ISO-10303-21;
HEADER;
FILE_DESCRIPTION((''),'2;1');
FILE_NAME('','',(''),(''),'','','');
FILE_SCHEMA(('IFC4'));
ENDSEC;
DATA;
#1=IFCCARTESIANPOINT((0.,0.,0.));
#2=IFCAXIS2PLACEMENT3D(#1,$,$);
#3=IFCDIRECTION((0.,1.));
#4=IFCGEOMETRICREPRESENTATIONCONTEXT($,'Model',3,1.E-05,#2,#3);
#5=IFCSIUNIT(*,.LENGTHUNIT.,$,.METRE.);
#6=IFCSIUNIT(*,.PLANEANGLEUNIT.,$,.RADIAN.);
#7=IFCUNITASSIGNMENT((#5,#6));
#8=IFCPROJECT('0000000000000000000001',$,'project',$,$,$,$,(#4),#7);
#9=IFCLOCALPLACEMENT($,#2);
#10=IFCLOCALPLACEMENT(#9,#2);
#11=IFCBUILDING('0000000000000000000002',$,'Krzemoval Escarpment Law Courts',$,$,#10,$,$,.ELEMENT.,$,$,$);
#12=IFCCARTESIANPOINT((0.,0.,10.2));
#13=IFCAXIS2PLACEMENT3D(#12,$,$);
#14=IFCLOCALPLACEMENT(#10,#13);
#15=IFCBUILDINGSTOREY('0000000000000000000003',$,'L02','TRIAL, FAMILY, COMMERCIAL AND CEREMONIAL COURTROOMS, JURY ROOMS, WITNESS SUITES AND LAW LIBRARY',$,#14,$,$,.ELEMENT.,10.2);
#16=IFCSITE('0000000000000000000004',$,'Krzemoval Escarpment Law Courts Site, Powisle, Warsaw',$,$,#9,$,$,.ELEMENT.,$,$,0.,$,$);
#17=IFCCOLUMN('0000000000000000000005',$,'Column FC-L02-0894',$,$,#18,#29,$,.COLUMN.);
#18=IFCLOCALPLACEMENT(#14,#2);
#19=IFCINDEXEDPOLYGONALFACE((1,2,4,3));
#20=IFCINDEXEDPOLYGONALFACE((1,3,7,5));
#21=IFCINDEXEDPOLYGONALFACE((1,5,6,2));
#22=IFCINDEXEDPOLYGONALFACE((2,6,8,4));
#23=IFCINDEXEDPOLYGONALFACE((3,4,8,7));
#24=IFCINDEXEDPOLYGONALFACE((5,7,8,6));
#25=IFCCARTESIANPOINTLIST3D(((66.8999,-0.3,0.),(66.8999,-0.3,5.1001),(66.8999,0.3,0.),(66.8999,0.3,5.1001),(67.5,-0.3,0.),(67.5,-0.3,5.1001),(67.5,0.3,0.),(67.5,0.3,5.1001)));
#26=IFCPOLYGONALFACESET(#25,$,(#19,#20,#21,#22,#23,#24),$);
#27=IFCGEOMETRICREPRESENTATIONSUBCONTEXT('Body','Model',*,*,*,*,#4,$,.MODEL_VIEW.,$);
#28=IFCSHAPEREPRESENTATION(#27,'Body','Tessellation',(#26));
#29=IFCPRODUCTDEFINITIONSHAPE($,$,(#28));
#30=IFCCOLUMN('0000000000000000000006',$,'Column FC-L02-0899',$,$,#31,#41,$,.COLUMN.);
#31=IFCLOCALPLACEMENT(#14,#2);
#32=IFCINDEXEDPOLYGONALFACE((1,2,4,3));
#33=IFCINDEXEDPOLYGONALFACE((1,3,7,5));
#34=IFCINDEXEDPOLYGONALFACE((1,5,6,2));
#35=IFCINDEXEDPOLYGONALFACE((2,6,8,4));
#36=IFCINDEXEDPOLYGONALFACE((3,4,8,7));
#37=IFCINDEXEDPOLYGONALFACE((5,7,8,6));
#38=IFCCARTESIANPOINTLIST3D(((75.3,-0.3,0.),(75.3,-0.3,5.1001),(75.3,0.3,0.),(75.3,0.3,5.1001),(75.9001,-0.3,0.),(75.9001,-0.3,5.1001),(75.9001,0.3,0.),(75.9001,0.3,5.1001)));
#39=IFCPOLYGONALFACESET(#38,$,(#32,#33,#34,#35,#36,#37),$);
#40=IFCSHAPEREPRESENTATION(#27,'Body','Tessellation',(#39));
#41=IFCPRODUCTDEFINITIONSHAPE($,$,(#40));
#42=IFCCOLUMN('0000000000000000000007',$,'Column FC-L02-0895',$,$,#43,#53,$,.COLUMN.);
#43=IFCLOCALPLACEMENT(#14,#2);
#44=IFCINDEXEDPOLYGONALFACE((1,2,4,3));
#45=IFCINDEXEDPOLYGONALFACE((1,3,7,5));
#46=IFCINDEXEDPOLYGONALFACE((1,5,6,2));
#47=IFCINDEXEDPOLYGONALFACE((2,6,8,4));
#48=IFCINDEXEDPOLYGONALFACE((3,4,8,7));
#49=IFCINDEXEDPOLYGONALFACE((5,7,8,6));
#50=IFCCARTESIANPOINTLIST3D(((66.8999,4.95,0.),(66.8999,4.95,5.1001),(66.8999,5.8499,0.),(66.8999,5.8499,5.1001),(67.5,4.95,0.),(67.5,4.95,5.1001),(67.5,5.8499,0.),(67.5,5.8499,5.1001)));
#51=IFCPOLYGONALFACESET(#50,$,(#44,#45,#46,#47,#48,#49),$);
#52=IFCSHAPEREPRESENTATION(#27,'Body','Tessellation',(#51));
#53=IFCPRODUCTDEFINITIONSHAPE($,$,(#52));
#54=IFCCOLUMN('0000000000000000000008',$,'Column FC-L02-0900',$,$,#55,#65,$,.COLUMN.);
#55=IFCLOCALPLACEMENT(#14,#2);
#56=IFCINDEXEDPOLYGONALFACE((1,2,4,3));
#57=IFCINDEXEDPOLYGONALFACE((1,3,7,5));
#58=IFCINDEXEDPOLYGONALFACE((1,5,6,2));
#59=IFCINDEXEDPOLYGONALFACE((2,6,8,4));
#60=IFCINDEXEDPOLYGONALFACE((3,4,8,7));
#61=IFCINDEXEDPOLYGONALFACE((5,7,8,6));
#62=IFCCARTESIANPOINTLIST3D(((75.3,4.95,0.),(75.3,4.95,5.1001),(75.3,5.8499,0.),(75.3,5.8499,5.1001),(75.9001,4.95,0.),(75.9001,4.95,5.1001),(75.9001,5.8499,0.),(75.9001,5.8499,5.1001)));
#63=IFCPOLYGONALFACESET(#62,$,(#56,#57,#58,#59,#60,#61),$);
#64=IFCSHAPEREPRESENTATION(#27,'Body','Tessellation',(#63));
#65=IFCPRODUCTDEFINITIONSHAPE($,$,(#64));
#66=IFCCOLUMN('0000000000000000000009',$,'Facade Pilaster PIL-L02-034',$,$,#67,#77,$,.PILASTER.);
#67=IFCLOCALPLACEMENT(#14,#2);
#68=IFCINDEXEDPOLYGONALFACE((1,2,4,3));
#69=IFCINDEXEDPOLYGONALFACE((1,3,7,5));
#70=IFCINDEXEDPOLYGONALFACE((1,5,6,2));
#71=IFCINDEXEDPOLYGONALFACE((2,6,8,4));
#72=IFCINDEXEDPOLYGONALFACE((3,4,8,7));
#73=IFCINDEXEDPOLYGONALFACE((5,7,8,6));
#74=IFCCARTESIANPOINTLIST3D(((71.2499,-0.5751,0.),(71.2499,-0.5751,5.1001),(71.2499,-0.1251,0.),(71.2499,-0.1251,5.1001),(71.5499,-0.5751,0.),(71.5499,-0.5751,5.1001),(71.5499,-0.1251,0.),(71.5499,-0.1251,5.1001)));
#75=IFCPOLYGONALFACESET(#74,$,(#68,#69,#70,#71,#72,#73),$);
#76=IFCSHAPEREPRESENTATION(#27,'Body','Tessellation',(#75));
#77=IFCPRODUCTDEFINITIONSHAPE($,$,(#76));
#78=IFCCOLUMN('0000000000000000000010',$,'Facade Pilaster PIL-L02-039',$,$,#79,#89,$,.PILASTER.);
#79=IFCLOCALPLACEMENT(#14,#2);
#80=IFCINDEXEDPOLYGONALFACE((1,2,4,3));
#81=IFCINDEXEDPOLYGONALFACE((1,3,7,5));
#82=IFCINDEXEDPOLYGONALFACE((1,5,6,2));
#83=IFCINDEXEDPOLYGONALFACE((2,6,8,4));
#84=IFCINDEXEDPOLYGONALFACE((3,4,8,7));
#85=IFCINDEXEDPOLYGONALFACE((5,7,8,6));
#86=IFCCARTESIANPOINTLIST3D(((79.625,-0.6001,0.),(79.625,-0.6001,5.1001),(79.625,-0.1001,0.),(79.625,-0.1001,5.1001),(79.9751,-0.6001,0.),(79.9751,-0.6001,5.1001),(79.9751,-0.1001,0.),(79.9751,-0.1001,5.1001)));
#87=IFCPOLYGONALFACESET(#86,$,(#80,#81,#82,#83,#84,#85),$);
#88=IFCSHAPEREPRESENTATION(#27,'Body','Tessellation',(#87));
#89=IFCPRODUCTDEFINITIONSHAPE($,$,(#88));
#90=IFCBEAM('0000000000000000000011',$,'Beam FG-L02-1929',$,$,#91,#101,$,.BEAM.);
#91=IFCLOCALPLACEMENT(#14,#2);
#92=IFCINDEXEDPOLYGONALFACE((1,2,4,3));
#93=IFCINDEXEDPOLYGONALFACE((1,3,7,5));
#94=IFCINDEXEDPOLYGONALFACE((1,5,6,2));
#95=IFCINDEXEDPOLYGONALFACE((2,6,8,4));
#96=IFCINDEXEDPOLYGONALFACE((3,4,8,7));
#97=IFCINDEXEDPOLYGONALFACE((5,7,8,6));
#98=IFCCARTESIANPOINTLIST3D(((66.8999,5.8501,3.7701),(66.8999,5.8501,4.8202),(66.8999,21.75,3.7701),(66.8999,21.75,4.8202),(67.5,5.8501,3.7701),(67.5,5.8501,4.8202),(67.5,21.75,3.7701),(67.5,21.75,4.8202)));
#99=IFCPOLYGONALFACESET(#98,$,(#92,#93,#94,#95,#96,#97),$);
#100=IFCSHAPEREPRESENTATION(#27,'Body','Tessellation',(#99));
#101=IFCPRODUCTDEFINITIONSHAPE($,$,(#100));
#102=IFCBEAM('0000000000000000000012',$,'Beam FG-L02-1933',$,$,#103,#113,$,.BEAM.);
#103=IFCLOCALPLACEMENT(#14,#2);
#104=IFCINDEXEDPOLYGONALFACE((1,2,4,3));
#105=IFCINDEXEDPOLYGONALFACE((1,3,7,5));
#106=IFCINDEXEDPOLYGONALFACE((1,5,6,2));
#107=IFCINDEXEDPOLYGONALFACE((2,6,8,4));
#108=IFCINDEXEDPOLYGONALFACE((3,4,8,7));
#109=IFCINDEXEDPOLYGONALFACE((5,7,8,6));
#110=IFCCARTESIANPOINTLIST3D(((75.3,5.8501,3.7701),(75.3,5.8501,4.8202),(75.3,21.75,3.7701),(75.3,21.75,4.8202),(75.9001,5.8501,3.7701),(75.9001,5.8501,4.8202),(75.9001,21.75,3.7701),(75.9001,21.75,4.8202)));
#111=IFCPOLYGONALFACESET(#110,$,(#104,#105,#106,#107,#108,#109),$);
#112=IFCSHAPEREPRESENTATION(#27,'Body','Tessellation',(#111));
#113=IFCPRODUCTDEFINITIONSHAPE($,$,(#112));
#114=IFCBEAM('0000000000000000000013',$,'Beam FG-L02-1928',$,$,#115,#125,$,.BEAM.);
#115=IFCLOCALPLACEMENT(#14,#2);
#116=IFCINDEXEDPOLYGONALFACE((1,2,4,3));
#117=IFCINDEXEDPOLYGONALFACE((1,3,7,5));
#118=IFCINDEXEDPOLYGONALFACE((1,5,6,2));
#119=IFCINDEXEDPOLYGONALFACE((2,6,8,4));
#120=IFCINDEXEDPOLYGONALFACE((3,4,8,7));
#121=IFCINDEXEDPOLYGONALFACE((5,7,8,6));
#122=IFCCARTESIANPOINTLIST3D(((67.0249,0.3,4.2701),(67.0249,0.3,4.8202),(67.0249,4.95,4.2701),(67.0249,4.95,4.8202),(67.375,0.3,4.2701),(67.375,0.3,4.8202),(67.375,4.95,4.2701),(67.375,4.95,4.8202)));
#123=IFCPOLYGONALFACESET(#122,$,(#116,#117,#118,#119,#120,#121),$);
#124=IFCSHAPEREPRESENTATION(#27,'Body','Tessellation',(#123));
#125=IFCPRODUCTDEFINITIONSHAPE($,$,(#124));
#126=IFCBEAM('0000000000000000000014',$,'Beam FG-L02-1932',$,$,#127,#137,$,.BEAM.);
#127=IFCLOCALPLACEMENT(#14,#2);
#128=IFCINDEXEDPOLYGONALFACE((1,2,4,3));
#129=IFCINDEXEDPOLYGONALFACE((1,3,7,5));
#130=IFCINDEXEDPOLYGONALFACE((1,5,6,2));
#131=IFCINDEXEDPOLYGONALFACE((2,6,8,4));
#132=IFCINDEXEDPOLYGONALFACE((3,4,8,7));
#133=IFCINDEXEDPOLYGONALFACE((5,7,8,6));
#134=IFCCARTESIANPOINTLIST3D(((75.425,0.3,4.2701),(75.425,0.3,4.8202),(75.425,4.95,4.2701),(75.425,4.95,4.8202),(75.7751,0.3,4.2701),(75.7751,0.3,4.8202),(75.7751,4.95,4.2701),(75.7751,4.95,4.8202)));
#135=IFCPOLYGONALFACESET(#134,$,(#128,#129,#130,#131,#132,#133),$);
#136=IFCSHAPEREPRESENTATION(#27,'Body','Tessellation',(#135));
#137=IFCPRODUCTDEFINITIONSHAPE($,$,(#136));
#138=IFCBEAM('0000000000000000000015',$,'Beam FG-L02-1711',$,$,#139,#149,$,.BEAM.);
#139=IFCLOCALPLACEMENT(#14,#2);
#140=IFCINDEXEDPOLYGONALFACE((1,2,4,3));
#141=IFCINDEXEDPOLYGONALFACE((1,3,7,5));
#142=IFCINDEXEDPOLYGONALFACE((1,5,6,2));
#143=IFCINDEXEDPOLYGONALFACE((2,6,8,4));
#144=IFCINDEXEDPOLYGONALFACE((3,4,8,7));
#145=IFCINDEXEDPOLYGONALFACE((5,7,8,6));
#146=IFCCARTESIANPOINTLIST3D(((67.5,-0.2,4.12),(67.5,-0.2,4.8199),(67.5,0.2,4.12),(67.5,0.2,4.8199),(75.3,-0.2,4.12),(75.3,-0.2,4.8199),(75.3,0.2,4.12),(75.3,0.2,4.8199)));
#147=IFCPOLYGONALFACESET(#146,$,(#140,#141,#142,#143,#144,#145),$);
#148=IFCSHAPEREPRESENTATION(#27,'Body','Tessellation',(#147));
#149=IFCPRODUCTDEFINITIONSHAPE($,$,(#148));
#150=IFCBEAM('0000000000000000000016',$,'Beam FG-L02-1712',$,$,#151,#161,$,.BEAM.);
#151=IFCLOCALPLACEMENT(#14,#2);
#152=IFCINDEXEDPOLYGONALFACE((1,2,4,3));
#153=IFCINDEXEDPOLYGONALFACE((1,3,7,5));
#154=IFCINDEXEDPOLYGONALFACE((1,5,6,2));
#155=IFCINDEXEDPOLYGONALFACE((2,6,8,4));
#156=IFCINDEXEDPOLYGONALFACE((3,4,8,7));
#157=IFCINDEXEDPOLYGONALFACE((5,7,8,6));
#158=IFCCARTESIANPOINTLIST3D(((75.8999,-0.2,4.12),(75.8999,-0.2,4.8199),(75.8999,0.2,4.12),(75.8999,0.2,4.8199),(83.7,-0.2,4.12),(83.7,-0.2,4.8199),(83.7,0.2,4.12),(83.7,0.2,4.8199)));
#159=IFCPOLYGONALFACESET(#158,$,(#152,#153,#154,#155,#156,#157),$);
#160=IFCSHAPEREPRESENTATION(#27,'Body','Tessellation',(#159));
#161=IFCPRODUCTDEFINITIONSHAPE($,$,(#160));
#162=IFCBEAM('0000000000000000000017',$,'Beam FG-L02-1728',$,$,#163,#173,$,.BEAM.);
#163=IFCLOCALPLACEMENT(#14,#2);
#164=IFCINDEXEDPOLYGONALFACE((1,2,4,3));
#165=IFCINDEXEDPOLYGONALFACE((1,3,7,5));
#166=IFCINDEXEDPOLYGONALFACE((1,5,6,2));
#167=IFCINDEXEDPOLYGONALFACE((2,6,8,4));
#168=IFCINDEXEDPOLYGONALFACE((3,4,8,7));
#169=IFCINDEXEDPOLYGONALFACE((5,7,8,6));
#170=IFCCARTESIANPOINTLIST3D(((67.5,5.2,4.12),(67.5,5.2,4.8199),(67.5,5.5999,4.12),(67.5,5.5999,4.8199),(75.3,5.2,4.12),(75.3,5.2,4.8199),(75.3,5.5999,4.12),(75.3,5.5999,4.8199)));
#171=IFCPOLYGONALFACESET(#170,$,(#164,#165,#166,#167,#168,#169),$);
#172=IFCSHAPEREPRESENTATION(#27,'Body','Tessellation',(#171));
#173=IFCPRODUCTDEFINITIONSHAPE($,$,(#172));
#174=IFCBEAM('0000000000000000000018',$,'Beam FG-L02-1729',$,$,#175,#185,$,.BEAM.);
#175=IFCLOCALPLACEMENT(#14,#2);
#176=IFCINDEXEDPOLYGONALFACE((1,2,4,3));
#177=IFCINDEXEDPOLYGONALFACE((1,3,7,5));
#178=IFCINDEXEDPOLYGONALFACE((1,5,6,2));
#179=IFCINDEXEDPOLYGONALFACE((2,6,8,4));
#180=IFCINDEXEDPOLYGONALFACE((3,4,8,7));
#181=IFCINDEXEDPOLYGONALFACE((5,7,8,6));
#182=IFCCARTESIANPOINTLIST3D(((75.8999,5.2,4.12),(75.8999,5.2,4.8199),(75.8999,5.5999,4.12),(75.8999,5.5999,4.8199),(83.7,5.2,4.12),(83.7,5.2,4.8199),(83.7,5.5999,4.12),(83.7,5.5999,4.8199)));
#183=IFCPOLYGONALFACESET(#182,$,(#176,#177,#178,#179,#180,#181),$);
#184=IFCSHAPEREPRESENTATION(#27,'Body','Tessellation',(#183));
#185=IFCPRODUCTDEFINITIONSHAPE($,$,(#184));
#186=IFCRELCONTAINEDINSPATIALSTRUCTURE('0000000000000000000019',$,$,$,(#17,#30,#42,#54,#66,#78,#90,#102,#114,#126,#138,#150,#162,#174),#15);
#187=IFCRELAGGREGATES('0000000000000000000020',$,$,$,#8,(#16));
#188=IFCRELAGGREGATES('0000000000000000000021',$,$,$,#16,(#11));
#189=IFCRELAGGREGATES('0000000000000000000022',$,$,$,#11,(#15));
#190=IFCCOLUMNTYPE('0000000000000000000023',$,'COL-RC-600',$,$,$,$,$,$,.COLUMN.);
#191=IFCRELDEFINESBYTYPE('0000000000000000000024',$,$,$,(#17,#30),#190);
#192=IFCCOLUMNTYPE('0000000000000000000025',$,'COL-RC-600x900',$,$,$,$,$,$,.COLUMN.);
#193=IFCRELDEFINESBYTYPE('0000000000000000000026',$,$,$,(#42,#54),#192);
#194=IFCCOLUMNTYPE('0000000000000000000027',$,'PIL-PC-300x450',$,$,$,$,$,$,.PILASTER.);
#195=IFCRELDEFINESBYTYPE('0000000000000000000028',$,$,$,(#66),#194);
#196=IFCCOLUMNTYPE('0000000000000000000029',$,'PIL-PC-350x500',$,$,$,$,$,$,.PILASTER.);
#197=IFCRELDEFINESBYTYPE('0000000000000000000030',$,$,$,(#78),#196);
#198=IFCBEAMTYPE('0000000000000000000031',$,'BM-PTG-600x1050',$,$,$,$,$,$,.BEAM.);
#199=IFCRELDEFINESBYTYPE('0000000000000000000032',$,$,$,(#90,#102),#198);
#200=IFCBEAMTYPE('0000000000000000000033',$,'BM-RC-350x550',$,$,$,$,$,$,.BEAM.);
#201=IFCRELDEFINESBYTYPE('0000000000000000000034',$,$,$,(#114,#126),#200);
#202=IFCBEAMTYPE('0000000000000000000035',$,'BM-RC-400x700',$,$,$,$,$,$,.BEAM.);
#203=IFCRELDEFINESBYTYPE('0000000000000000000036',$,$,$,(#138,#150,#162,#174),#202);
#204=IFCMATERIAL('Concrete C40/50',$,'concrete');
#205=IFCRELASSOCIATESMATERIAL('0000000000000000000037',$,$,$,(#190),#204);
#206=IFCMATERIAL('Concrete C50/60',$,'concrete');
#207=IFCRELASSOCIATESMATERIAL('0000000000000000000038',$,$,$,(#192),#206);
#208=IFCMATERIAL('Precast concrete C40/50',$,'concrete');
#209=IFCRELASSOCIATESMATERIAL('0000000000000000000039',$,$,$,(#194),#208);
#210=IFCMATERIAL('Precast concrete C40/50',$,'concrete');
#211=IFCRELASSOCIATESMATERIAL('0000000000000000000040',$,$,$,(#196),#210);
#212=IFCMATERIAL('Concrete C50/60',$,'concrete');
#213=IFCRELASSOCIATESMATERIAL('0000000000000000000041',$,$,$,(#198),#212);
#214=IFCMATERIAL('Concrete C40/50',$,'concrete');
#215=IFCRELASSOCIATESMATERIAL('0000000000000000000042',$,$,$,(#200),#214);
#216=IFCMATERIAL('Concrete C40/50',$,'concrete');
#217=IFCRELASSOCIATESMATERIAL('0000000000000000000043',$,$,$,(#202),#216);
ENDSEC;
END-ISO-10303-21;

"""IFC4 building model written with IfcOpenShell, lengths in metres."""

from ifc_helpers import new_model, si_unit, direction, frame, origin, origin_2d, place, context, subcontext, project, spatial, rectangle, extrude, material, material_profile, profile_set, type_object, element, save


model = new_model("IFC4")

# Units and contexts
model_context = context("Model", 3, precision=1e-05, world=origin(), true_north=direction((0.0, 1.0)))
body_context = subcontext(model_context, "Body", "Model", "MODEL_VIEW")
ifc_project = project(units=[si_unit("LENGTHUNIT", "METRE"), si_unit("PLANEANGLEUNIT", "RADIAN")], contexts=[model_context])

# Site, building, storey
site_placement = place(None, origin())
site = spatial("IfcSite", under=ifc_project, at=site_placement, Name="Krzemoval Escarpment Law Courts Site, Powisle, Warsaw", CompositionType="ELEMENT", RefElevation=0.0)
building_placement = place(site_placement, origin())
building = spatial("IfcBuilding", under=site, at=building_placement, Name="Krzemoval Escarpment Law Courts", CompositionType="ELEMENT")
storey_placement = place(building_placement, frame((0.0, 0.0, 10.2)))
storey = spatial("IfcBuildingStorey", under=building, at=storey_placement, Name="L02", Description="TRIAL, FAMILY, COMMERCIAL AND CEREMONIAL COURTROOMS, JURY ROOMS, WITNESS SUITES AND LAW LIBRARY", CompositionType="ELEMENT", Elevation=10.2)

# Columns
ifc_material_1 = material(Name="Concrete C40/50", Category="concrete")
ifc_material_profile_1 = material_profile(ifc_material_1, rectangle(XDim=0.6001, YDim=0.6001, at=origin_2d()), Name="RC 600x600")
ifc_profile_set_1 = profile_set([ifc_material_profile_1], Name="Concrete C40/50")
column_type_1 = type_object("IfcColumnType", Name="COL-RC-600", PredefinedType="COLUMN", material=ifc_profile_set_1)
for number, where, z_axis, x_axis, name in (
    (1, (67.2, 0.0, 0.0), (0.0, 0.0, 1.0), (1.0, 0.0, 0.0), "Column FC-L02-0894"),
    (2, (75.6001, 0.0, 0.0), (0.0, 0.0, 1.0), (1.0, 0.0, 0.0), "Column FC-L02-0899"),
):
    element("IfcColumn", number, at=place(storey_placement, frame(where, z_axis=z_axis, x_axis=x_axis)), inside=storey, type_object=column_type_1, Name=name, PredefinedType="COLUMN", context=body_context, shape_type="SweptSolid", body=[
        extrude(rectangle(XDim=0.6001, YDim=0.6001, at=origin_2d()), origin(), (0.0, 0.0, 1.0), 5.1001),
    ])
ifc_material_2 = material(Name="Concrete C50/60", Category="concrete")
ifc_material_profile_2 = material_profile(ifc_material_2, rectangle(XDim=0.6001, YDim=0.8999, at=origin_2d()), Name="RC 600x900")
ifc_profile_set_2 = profile_set([ifc_material_profile_2], Name="Concrete C50/60")
column_type_2 = type_object("IfcColumnType", Name="COL-RC-600x900", PredefinedType="COLUMN", material=ifc_profile_set_2)
for number, where, z_axis, x_axis, name in (
    (3, (67.2, 5.3999, 0.0), (0.0, 0.0, 1.0), (1.0, 0.0, 0.0), "Column FC-L02-0895"),
    (4, (75.6001, 5.3999, 0.0), (0.0, 0.0, 1.0), (1.0, 0.0, 0.0), "Column FC-L02-0900"),
):
    element("IfcColumn", number, at=place(storey_placement, frame(where, z_axis=z_axis, x_axis=x_axis)), inside=storey, type_object=column_type_2, Name=name, PredefinedType="COLUMN", context=body_context, shape_type="SweptSolid", body=[
        extrude(rectangle(XDim=0.6001, YDim=0.8999, at=origin_2d()), origin(), (0.0, 0.0, 1.0), 5.1001),
    ])
ifc_material_3 = material(Name="Precast concrete C40/50", Category="concrete")
ifc_material_profile_3 = material_profile(ifc_material_3, rectangle(XDim=0.3, YDim=0.45, at=origin_2d()), Name="PIL 300x450")
ifc_profile_set_3 = profile_set([ifc_material_profile_3], Name="Precast concrete C40/50")
column_type_3 = type_object("IfcColumnType", Name="PIL-PC-300x450", PredefinedType="PILASTER", material=ifc_profile_set_3)
column_1_placement = place(storey_placement, frame((71.3999, -0.3501, 0.0), z_axis=(0.0, 0.0, 1.0), x_axis=(1.0, 0.0, 0.0)))
element("IfcColumn", 5, at=column_1_placement, inside=storey, type_object=column_type_3, Name="Facade Pilaster PIL-L02-034", PredefinedType="PILASTER", context=body_context, shape_type="SweptSolid", body=[
    extrude(rectangle(XDim=0.3, YDim=0.45, at=origin_2d()), origin(), (0.0, 0.0, 1.0), 5.1001),
])
ifc_material_4 = material(Name="Precast concrete C40/50", Category="concrete")
ifc_material_profile_4 = material_profile(ifc_material_4, rectangle(XDim=0.3501, YDim=0.5, at=origin_2d()), Name="PIL 350x500")
ifc_profile_set_4 = profile_set([ifc_material_profile_4], Name="Precast concrete C40/50")
column_type_4 = type_object("IfcColumnType", Name="PIL-PC-350x500", PredefinedType="PILASTER", material=ifc_profile_set_4)
column_2_placement = place(storey_placement, frame((79.8, -0.3501, 0.0), z_axis=(0.0, 0.0, 1.0), x_axis=(1.0, 0.0, 0.0)))
element("IfcColumn", 6, at=column_2_placement, inside=storey, type_object=column_type_4, Name="Facade Pilaster PIL-L02-039", PredefinedType="PILASTER", context=body_context, shape_type="SweptSolid", body=[
    extrude(rectangle(XDim=0.3501, YDim=0.5, at=origin_2d()), origin(), (0.0, 0.0, 1.0), 5.1001),
])

# Beams
ifc_material_5 = material(Name="Concrete C50/60", Category="concrete")
ifc_material_profile_5 = material_profile(ifc_material_5, rectangle(XDim=0.6001, YDim=1.05, at=origin_2d()), Name="PTG 600x1050")
ifc_profile_set_5 = profile_set([ifc_material_profile_5], Name="Concrete C50/60")
beam_type_1 = type_object("IfcBeamType", Name="BM-PTG-600x1050", PredefinedType="BEAM", material=ifc_profile_set_5)
for number, where, z_axis, x_axis, name in (
    (7, (67.2, 5.8501, 4.2952), (0.0, 1.0, 0.0), (-1.0, 0.0, 0.0), "Beam FG-L02-1929"),
    (8, (75.6001, 5.8501, 4.2952), (0.0, 1.0, 0.0), (-1.0, 0.0, 0.0), "Beam FG-L02-1933"),
):
    element("IfcBeam", number, at=place(storey_placement, frame(where, z_axis=z_axis, x_axis=x_axis)), inside=storey, type_object=beam_type_1, Name=name, PredefinedType="BEAM", context=body_context, shape_type="SweptSolid", body=[
        extrude(rectangle(XDim=0.6001, YDim=1.05, at=origin_2d()), origin(), (0.0, 0.0, 1.0), 15.8999),
    ])
ifc_material_6 = material(Name="Concrete C40/50", Category="concrete")
ifc_material_profile_6 = material_profile(ifc_material_6, rectangle(XDim=0.3501, YDim=0.55, at=origin_2d()), Name="RCB 350x550")
ifc_profile_set_6 = profile_set([ifc_material_profile_6], Name="Concrete C40/50")
beam_type_2 = type_object("IfcBeamType", Name="BM-RC-350x550", PredefinedType="BEAM", material=ifc_profile_set_6)
for number, where, z_axis, x_axis, name in (
    (9, (67.2, 0.3, 4.5452), (0.0, 1.0, 0.0), (-1.0, 0.0, 0.0), "Beam FG-L02-1928"),
    (10, (75.6001, 0.3, 4.5452), (0.0, 1.0, 0.0), (-1.0, 0.0, 0.0), "Beam FG-L02-1932"),
):
    element("IfcBeam", number, at=place(storey_placement, frame(where, z_axis=z_axis, x_axis=x_axis)), inside=storey, type_object=beam_type_2, Name=name, PredefinedType="BEAM", context=body_context, shape_type="SweptSolid", body=[
        extrude(rectangle(XDim=0.3501, YDim=0.55, at=origin_2d()), origin(), (0.0, 0.0, 1.0), 4.6499),
    ])
ifc_material_7 = material(Name="Concrete C40/50", Category="concrete")
ifc_material_profile_7 = material_profile(ifc_material_7, rectangle(XDim=0.3999, YDim=0.7, at=origin_2d()), Name="RCB 400x700")
ifc_profile_set_7 = profile_set([ifc_material_profile_7], Name="Concrete C40/50")
beam_type_3 = type_object("IfcBeamType", Name="BM-RC-400x700", PredefinedType="BEAM", material=ifc_profile_set_7)
for number, where, z_axis, x_axis, name in (
    (11, (67.5, 0.0, 4.47), (1.0, 0.0, 0.0), (0.0, 1.0, 0.0), "Beam FG-L02-1711"),
    (12, (75.8999, 0.0, 4.47), (1.0, 0.0, 0.0), (0.0, 1.0, 0.0), "Beam FG-L02-1712"),
    (13, (67.5, 5.3999, 4.47), (1.0, 0.0, 0.0), (0.0, 1.0, 0.0), "Beam FG-L02-1728"),
    (14, (75.8999, 5.3999, 4.47), (1.0, 0.0, 0.0), (0.0, 1.0, 0.0), "Beam FG-L02-1729"),
):
    element("IfcBeam", number, at=place(storey_placement, frame(where, z_axis=z_axis, x_axis=x_axis)), inside=storey, type_object=beam_type_3, Name=name, PredefinedType="BEAM", context=body_context, shape_type="SweptSolid", body=[
        extrude(rectangle(XDim=0.3999, YDim=0.7, at=origin_2d()), origin(), (0.0, 0.0, 1.0), 7.8),
    ])

save(model, "model.ifc")
